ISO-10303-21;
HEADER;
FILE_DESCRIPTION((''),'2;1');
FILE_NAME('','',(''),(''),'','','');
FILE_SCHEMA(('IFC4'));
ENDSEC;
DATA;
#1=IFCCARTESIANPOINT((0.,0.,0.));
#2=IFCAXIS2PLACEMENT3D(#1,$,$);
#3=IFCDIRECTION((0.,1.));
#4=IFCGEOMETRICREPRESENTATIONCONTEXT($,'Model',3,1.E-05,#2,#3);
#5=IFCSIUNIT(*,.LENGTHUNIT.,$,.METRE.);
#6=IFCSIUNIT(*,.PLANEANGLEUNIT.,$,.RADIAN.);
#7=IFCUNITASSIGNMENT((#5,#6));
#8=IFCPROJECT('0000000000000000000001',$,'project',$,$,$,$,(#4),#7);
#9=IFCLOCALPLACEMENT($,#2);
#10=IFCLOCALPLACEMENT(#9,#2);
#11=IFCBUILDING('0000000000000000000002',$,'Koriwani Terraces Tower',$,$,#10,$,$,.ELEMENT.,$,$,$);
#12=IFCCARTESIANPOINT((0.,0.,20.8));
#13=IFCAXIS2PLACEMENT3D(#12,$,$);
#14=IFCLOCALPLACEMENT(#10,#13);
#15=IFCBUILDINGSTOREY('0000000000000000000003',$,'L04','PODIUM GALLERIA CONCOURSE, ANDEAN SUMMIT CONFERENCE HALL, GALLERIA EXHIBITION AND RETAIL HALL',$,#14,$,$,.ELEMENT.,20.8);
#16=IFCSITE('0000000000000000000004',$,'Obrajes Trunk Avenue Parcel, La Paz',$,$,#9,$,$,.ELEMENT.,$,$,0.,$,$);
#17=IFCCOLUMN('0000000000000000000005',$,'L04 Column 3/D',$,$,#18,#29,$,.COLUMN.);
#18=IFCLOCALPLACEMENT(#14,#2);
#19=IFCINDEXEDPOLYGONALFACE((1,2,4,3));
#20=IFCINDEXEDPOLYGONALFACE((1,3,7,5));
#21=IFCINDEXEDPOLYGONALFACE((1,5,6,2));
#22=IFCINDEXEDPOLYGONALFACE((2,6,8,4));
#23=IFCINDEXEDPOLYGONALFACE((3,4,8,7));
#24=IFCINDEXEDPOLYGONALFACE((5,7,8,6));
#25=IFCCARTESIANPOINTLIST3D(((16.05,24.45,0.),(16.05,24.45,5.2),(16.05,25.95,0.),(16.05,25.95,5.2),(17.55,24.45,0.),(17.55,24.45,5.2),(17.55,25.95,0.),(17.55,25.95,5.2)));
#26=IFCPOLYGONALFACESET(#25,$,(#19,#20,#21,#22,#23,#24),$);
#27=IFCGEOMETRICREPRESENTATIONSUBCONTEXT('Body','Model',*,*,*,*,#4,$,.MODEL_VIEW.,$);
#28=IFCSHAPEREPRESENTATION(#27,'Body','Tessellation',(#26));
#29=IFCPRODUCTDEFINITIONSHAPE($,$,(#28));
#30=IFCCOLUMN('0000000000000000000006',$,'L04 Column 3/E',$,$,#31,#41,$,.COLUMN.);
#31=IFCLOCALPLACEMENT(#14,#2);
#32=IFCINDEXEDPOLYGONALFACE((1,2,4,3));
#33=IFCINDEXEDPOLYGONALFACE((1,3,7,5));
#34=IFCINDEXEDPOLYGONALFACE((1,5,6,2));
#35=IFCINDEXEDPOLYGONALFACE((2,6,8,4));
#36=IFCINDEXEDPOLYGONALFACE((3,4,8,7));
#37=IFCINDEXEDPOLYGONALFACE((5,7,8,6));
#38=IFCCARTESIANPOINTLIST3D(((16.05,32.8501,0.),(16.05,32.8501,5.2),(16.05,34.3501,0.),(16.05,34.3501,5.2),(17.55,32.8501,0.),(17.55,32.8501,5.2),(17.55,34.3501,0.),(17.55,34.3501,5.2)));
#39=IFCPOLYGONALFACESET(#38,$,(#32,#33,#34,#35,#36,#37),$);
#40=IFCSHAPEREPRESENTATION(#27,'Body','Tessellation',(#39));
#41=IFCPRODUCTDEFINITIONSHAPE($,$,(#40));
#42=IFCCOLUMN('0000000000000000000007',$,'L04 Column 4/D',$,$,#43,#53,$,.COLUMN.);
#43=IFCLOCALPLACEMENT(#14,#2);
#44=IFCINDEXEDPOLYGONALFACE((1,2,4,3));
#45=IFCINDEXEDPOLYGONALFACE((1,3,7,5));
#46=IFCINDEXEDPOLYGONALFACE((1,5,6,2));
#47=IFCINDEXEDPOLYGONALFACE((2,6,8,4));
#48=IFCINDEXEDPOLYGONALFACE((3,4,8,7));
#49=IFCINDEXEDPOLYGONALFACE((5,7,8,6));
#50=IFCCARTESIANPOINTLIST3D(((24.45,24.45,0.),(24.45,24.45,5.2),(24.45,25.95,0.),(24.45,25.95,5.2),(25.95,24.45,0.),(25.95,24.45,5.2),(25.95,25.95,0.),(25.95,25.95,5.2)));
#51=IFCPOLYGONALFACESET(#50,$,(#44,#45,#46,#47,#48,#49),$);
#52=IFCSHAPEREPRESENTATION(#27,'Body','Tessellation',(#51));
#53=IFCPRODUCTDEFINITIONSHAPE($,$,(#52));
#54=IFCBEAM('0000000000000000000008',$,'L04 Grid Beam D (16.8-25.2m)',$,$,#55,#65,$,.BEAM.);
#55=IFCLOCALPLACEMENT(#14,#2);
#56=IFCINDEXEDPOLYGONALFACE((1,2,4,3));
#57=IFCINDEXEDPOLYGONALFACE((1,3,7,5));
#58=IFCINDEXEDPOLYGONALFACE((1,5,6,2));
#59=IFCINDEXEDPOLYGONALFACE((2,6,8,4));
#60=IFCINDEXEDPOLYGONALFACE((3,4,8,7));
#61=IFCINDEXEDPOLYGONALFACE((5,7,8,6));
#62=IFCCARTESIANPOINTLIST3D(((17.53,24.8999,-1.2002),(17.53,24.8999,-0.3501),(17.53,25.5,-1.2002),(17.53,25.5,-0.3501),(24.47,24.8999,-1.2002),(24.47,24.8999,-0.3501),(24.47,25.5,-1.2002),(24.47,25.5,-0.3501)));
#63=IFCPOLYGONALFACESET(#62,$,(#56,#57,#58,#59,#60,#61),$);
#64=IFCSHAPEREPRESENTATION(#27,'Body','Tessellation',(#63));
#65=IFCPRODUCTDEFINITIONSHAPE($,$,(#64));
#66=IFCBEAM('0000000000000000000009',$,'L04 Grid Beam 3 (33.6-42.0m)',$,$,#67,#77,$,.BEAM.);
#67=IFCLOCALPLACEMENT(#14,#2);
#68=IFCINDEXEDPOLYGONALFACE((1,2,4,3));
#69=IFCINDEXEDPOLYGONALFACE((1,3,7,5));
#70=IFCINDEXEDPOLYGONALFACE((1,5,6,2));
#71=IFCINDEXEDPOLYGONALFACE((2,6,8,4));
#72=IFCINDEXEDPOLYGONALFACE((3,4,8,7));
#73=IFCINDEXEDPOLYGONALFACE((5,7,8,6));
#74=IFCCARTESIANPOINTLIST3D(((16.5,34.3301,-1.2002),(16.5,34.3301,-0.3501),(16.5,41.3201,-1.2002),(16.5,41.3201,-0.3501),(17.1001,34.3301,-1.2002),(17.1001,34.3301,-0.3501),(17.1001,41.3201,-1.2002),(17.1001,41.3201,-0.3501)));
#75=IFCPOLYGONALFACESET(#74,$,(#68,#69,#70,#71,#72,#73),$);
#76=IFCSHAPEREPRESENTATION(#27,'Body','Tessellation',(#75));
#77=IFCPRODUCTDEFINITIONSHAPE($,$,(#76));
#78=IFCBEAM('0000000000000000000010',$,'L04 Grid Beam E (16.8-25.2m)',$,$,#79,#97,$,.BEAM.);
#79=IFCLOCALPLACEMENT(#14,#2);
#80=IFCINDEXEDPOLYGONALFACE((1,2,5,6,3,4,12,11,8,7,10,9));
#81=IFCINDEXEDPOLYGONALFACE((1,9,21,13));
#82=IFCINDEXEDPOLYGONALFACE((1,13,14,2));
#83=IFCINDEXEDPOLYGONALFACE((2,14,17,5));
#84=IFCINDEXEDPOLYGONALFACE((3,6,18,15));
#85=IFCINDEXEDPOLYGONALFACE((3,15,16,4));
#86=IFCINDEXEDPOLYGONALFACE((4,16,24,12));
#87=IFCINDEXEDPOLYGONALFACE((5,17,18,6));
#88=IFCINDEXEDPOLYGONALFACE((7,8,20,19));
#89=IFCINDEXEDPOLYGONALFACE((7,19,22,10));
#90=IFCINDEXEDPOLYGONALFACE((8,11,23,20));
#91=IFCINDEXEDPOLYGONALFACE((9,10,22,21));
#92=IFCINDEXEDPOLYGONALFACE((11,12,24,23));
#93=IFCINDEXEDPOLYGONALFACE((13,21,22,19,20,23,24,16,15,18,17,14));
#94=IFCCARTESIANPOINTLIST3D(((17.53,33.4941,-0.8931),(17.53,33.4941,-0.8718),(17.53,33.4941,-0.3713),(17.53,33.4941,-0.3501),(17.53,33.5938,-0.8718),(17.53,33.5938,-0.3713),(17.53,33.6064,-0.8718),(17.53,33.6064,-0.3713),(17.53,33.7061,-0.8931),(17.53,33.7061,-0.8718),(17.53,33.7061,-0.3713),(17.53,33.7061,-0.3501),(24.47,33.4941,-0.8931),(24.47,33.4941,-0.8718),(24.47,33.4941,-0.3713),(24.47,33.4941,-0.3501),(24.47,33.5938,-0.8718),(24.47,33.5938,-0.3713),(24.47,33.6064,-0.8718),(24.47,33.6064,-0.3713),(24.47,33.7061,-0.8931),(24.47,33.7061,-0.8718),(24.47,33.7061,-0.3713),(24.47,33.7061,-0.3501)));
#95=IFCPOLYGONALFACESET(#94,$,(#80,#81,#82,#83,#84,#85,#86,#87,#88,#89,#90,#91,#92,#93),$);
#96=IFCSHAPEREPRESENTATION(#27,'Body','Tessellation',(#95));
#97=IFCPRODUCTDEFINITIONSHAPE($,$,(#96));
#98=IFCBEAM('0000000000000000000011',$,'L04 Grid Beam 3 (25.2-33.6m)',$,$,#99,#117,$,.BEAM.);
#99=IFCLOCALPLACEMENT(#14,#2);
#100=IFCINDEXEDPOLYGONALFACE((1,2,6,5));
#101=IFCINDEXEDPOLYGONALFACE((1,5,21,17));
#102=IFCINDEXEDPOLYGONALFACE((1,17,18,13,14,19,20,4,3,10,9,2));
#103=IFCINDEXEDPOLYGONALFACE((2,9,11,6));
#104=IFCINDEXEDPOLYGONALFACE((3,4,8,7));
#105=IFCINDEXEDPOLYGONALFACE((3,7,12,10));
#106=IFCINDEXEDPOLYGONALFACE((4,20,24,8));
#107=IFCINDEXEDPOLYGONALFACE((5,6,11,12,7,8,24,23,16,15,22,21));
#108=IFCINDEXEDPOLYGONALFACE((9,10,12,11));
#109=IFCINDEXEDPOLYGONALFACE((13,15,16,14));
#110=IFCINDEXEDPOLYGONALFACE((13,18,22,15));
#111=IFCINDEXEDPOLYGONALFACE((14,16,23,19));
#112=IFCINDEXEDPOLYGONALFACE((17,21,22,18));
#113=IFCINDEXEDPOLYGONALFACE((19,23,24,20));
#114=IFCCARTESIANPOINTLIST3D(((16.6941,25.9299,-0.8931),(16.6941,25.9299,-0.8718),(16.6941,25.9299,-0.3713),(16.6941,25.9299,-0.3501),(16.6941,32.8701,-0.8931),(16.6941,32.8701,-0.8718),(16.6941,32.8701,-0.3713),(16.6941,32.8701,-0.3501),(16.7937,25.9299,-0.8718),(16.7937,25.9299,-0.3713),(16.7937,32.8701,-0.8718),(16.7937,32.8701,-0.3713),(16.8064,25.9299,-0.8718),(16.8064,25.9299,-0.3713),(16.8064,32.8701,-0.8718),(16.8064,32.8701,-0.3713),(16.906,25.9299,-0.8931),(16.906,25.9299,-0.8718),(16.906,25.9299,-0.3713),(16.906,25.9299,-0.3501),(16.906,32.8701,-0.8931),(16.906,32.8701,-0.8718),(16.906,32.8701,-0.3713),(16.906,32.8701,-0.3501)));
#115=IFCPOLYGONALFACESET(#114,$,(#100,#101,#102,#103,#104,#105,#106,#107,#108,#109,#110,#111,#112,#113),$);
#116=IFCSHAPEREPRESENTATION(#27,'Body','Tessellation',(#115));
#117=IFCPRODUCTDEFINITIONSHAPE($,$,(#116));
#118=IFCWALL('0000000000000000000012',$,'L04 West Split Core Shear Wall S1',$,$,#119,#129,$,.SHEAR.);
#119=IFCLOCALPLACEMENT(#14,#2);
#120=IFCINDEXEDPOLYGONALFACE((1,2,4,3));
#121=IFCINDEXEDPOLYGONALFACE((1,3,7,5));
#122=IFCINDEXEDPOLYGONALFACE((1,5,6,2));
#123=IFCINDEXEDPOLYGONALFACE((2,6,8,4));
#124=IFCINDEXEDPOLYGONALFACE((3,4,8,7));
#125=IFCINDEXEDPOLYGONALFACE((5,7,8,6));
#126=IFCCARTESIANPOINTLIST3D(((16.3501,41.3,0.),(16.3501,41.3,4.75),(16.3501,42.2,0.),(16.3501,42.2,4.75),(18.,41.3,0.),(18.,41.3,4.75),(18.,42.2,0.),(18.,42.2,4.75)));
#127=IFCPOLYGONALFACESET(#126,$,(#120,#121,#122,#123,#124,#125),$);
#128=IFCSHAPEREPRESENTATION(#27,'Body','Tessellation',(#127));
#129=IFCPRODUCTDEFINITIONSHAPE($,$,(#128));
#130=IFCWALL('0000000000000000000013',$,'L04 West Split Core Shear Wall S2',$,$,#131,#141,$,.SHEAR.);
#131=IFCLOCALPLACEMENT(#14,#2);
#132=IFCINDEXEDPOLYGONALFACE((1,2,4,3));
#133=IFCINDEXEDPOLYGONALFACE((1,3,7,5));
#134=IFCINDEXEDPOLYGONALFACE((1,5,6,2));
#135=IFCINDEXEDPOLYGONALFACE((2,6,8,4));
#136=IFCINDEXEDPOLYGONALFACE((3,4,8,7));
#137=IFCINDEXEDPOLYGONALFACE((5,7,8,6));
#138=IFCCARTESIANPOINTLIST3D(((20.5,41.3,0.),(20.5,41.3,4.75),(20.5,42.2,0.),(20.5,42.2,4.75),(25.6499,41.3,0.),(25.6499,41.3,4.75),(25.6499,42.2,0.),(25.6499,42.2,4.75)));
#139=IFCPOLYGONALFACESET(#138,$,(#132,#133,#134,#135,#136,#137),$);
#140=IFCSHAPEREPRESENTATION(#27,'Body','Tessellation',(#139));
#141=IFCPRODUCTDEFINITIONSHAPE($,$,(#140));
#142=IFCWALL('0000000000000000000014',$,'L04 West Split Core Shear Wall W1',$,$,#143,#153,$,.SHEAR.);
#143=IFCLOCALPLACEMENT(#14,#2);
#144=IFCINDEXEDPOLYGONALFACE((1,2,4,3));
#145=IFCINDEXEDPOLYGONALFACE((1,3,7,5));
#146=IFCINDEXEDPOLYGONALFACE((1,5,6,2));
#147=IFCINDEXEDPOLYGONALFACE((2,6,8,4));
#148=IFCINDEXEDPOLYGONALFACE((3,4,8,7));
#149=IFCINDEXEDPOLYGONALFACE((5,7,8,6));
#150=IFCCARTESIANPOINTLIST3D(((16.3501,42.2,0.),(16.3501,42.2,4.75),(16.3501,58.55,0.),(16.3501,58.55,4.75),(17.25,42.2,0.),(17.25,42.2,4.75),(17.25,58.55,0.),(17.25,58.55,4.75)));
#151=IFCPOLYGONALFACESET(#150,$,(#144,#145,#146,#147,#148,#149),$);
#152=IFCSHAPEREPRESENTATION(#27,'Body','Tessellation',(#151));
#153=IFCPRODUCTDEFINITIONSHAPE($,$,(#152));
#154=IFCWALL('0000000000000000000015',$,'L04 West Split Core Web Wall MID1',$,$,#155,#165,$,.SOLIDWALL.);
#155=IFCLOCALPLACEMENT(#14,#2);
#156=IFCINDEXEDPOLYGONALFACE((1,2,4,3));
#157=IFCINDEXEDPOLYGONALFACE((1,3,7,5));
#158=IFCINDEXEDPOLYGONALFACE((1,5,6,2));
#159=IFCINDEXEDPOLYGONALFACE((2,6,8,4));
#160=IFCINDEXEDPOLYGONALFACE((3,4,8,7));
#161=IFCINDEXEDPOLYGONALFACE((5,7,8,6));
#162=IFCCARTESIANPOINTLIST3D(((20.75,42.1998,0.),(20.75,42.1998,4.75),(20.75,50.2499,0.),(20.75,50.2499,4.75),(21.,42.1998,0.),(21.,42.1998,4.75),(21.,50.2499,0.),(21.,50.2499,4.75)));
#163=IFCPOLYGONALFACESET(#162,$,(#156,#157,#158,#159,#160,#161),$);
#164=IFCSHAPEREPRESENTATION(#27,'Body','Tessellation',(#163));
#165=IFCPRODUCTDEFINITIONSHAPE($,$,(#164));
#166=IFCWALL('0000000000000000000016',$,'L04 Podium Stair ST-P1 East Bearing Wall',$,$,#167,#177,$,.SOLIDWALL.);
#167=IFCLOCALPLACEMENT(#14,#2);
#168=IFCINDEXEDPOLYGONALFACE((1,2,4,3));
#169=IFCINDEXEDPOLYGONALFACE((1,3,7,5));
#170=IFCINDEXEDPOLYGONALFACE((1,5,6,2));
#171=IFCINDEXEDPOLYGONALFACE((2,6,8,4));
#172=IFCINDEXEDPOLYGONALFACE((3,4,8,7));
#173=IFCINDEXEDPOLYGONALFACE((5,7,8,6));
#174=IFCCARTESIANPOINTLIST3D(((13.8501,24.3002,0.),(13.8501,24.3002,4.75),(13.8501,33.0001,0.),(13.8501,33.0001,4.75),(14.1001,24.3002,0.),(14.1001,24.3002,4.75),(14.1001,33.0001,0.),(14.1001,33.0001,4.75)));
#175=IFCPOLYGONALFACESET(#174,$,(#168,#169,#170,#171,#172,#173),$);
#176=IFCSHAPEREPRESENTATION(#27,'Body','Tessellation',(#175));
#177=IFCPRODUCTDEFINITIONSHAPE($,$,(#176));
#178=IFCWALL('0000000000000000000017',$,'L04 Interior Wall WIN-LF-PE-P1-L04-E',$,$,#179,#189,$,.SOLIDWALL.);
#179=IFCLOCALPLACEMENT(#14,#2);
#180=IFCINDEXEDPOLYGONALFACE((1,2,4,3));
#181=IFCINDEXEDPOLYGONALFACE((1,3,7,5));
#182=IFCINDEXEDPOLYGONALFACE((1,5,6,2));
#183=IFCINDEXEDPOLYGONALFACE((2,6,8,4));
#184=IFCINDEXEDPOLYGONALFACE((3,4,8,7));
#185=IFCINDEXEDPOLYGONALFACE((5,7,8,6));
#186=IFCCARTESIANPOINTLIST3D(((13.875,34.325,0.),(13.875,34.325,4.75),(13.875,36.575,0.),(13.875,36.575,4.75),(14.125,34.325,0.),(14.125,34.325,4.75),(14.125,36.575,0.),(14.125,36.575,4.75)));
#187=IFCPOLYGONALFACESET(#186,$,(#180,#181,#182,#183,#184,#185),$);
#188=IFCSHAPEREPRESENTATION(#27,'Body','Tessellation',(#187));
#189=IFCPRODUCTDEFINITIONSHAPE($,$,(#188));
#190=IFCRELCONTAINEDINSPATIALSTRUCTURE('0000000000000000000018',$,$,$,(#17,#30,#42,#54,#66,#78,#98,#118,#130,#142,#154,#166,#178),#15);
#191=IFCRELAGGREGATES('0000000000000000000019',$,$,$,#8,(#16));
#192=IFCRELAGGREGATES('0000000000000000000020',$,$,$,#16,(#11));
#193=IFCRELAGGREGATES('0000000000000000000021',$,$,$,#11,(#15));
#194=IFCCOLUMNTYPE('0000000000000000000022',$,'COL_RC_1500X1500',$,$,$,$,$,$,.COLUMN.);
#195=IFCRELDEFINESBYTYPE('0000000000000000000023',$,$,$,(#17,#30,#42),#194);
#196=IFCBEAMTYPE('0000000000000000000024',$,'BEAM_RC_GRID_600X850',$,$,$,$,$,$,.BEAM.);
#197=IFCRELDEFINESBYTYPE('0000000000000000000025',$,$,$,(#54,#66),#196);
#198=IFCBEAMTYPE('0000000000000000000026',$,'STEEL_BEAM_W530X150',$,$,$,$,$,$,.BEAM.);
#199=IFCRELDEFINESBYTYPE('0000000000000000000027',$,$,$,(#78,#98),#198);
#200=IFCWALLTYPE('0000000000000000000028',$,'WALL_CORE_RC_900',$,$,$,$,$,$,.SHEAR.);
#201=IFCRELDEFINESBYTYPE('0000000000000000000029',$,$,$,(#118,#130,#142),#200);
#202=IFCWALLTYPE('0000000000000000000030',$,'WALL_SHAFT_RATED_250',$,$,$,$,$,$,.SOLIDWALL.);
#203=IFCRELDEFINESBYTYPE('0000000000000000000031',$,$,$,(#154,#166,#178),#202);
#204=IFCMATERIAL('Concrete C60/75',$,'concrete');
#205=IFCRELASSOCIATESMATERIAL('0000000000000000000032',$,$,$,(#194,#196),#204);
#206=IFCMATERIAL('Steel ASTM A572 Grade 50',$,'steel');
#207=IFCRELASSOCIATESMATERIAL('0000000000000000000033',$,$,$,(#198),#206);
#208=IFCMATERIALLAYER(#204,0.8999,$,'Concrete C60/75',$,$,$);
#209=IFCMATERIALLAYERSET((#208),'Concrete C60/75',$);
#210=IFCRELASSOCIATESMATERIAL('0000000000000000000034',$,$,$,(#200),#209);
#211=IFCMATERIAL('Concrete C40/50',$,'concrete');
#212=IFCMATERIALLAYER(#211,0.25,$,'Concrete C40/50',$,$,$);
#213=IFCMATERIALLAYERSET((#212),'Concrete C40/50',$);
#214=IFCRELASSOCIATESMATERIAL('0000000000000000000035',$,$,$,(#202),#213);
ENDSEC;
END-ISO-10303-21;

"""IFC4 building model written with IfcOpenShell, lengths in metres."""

from ifc_helpers import new_model, si_unit, direction, frame, frame_2d, origin, origin_2d, place, context, subcontext, project, spatial, rectangle, i_section, extrude, material, layer, layer_set, material_profile, profile_set, type_object, element, save


model = new_model("IFC4")

# Units and contexts
model_context = context("Model", 3, precision=1e-05, world=origin(), true_north=direction((0.0, 1.0)))
body_context = subcontext(model_context, "Body", "Model", "MODEL_VIEW")
ifc_project = project(units=[si_unit("LENGTHUNIT", "METRE"), si_unit("PLANEANGLEUNIT", "RADIAN")], contexts=[model_context])

# Site, building, storey
site_placement = place(None, origin())
site = spatial("IfcSite", under=ifc_project, at=site_placement, Name="Obrajes Trunk Avenue Parcel, La Paz", CompositionType="ELEMENT", RefElevation=0.0)
building_placement = place(site_placement, origin())
building = spatial("IfcBuilding", under=site, at=building_placement, Name="Koriwani Terraces Tower", CompositionType="ELEMENT")
storey_placement = place(building_placement, frame((0.0, 0.0, 20.8)))
storey = spatial("IfcBuildingStorey", under=building, at=storey_placement, Name="L04", Description="PODIUM GALLERIA CONCOURSE, ANDEAN SUMMIT CONFERENCE HALL, GALLERIA EXHIBITION AND RETAIL HALL", CompositionType="ELEMENT", Elevation=20.8)

# Columns
ifc_material_1 = material(Name="Concrete C60/75", Category="concrete")
ifc_material_profile_1 = material_profile(ifc_material_1, rectangle(XDim=1.5, YDim=1.5, at=origin_2d()), Name="Concrete C60/75", Category="LoadBearing")
ifc_profile_set_1 = profile_set([ifc_material_profile_1], Name="Concrete C60/75")
column_type = type_object("IfcColumnType", Name="COL_RC_1500X1500", PredefinedType="COLUMN", material=ifc_profile_set_1)
for number, where, z_axis, x_axis, name in (
    (1, (16.8, 25.2, 0.0), (0.0, 0.0, 1.0), (1.0, 0.0, 0.0), "L04 Column 3/D"),
    (2, (16.8, 33.6001, 0.0), (0.0, 0.0, 1.0), (1.0, 0.0, 0.0), "L04 Column 3/E"),
    (3, (25.2, 25.2, 0.0), (0.0, 0.0, 1.0), (1.0, 0.0, 0.0), "L04 Column 4/D"),
):
    element("IfcColumn", number, at=place(storey_placement, frame(where, z_axis=z_axis, x_axis=x_axis)), inside=storey, type_object=column_type, Name=name, PredefinedType="COLUMN", context=body_context, shape_type="SweptSolid", body=[
        extrude(rectangle(XDim=1.5, YDim=1.5, at=origin_2d()), origin(), (0.0, 0.0, 1.0), 5.2),
    ])

# Beams
ifc_material_profile_2 = material_profile(ifc_material_1, rectangle(XDim=0.6001, YDim=0.8501, at=origin_2d()), Name="Concrete C60/75", Category="LoadBearing")
ifc_profile_set_2 = profile_set([ifc_material_profile_2], Name="Concrete C60/75")
beam_type_1 = type_object("IfcBeamType", Name="BEAM_RC_GRID_600X850", PredefinedType="BEAM", material=ifc_profile_set_2)
beam_1_placement = place(storey_placement, frame((17.53, 25.2, -0.7751), z_axis=(1.0, 0.0, 0.0), x_axis=(0.0, 1.0, 0.0)))
element("IfcBeam", 4, at=beam_1_placement, inside=storey, type_object=beam_type_1, Name="L04 Grid Beam D (16.8-25.2m)", PredefinedType="BEAM", context=body_context, shape_type="SweptSolid", body=[
    extrude(rectangle(XDim=0.6001, YDim=0.8501, at=origin_2d()), origin(), (0.0, 0.0, 1.0), 6.9399),
])
beam_2_placement = place(storey_placement, frame((16.8, 34.3301, -0.7751), z_axis=(0.0, 1.0, 0.0), x_axis=(-1.0, 0.0, 0.0)))
element("IfcBeam", 5, at=beam_2_placement, inside=storey, type_object=beam_type_1, Name="L04 Grid Beam 3 (33.6-42.0m)", PredefinedType="BEAM", context=body_context, shape_type="SweptSolid", body=[
    extrude(rectangle(XDim=0.6001, YDim=0.8501, at=origin_2d()), origin(), (0.0, 0.0, 1.0), 6.99),
])
ifc_material_2 = material(Name="Steel ASTM A572 Grade 50", Category="steel")
ifc_material_profile_3 = material_profile(ifc_material_2, i_section(OverallWidth=0.2119, OverallDepth=0.543, WebThickness=0.0127, FlangeThickness=0.0212, at=origin_2d()), Name="Steel ASTM A572 Grade 50", Category="LoadBearing")
ifc_profile_set_3 = profile_set([ifc_material_profile_3], Name="Steel ASTM A572 Grade 50")
beam_type_2 = type_object("IfcBeamType", Name="STEEL_BEAM_W530X150", PredefinedType="BEAM", material=ifc_profile_set_3)
beam_3_placement = place(storey_placement, frame((17.53, 33.6001, -0.6216), z_axis=(1.0, 0.0, 0.0), x_axis=(0.0, 1.0, 0.0)))
element("IfcBeam", 6, at=beam_3_placement, inside=storey, type_object=beam_type_2, Name="L04 Grid Beam E (16.8-25.2m)", PredefinedType="BEAM", context=body_context, shape_type="SweptSolid", body=[
    extrude(i_section(OverallWidth=0.2119, OverallDepth=0.543, WebThickness=0.0127, FlangeThickness=0.0212, at=origin_2d()), origin(), (0.0, 0.0, 1.0), 6.9399),
])
beam_4_placement = place(storey_placement, frame((16.8, 25.9299, -0.6216), z_axis=(0.0, 1.0, 0.0), x_axis=(-1.0, 0.0, 0.0)))
element("IfcBeam", 7, at=beam_4_placement, inside=storey, type_object=beam_type_2, Name="L04 Grid Beam 3 (25.2-33.6m)", PredefinedType="BEAM", context=body_context, shape_type="SweptSolid", body=[
    extrude(i_section(OverallWidth=0.2119, OverallDepth=0.543, WebThickness=0.0127, FlangeThickness=0.0212, at=origin_2d()), origin(), (0.0, 0.0, 1.0), 6.9402),
])

# Walls
ifc_layer_1 = layer(ifc_material_1, 0.8999, Name="Concrete C60/75")
ifc_layer_set_1 = layer_set([ifc_layer_1], Name="Concrete C60/75")
wall_type_1 = type_object("IfcWallType", Name="WALL_CORE_RC_900", PredefinedType="SHEAR", material=ifc_layer_set_1)
wall_1_placement = place(storey_placement, frame((16.3501, 41.75, 0.0), z_axis=(0.0, 0.0, 1.0), x_axis=(1.0, 0.0, 0.0)))
element("IfcWall", 8, at=wall_1_placement, inside=storey, type_object=wall_type_1, Name="L04 West Split Core Shear Wall S1", PredefinedType="SHEAR", context=body_context, shape_type="SweptSolid", body=[
    extrude(rectangle(XDim=1.6499, YDim=0.8999, at=frame_2d((0.825, 0.0))), origin(), (0.0, 0.0, 1.0), 4.75),
])
wall_2_placement = place(storey_placement, frame((20.5, 41.75, 0.0), z_axis=(0.0, 0.0, 1.0), x_axis=(1.0, 0.0, 0.0)))
element("IfcWall", 9, at=wall_2_placement, inside=storey, type_object=wall_type_1, Name="L04 West Split Core Shear Wall S2", PredefinedType="SHEAR", context=body_context, shape_type="SweptSolid", body=[
    extrude(rectangle(XDim=5.1499, YDim=0.8999, at=frame_2d((2.575, 0.0))), origin(), (0.0, 0.0, 1.0), 4.75),
])
wall_3_placement = place(storey_placement, frame((16.8, 42.2, 0.0), z_axis=(0.0, 0.0, 1.0), x_axis=(0.0, 1.0, 0.0)))
element("IfcWall", 10, at=wall_3_placement, inside=storey, type_object=wall_type_1, Name="L04 West Split Core Shear Wall W1", PredefinedType="SHEAR", context=body_context, shape_type="SweptSolid", body=[
    extrude(rectangle(XDim=16.3501, YDim=0.8999, at=frame_2d((8.175, 0.0))), origin(), (0.0, 0.0, 1.0), 4.75),
])
ifc_material_3 = material(Name="Concrete C40/50", Category="concrete")
ifc_layer_2 = layer(ifc_material_3, 0.25, Name="Concrete C40/50")
ifc_layer_set_2 = layer_set([ifc_layer_2], Name="Concrete C40/50")
wall_type_2 = type_object("IfcWallType", Name="WALL_SHAFT_RATED_250", PredefinedType="SOLIDWALL", material=ifc_layer_set_2)
wall_4_placement = place(storey_placement, frame((20.875, 42.2, 0.0), z_axis=(0.0, 0.0, 1.0), x_axis=(0.0, 1.0, 0.0)))
element("IfcWall", 11, at=wall_4_placement, inside=storey, type_object=wall_type_2, Name="L04 West Split Core Web Wall MID1", PredefinedType="SOLIDWALL", context=body_context, shape_type="SweptSolid", body=[
    extrude(rectangle(XDim=8.05, YDim=0.25, at=frame_2d((4.0249, 0.0))), origin(), (0.0, 0.0, 1.0), 4.75),
])
wall_5_placement = place(storey_placement, frame((13.9751, 24.3, 0.0), z_axis=(0.0, 0.0, 1.0), x_axis=(0.0, 1.0, 0.0)))
element("IfcWall", 12, at=wall_5_placement, inside=storey, type_object=wall_type_2, Name="L04 Podium Stair ST-P1 East Bearing Wall", PredefinedType="SOLIDWALL", context=body_context, shape_type="SweptSolid", body=[
    extrude(rectangle(XDim=8.7, YDim=0.25, at=frame_2d((4.3501, 0.0))), origin(), (0.0, 0.0, 1.0), 4.75),
])

# Wall
wall_6_placement = place(storey_placement, frame((14.0, 34.325, 0.0), z_axis=(0.0, 0.0, 1.0), x_axis=(0.0, 1.0, 0.0)))
element("IfcWall", 13, at=wall_6_placement, inside=storey, type_object=wall_type_2, Name="L04 Interior Wall WIN-LF-PE-P1-L04-E", PredefinedType="SOLIDWALL", context=body_context, shape_type="SweptSolid", body=[
    extrude(rectangle(XDim=2.25, YDim=0.25, at=frame_2d((1.125, 0.0))), origin(), (0.0, 0.0, 1.0), 4.75),
])

save(model, "model.ifc")
